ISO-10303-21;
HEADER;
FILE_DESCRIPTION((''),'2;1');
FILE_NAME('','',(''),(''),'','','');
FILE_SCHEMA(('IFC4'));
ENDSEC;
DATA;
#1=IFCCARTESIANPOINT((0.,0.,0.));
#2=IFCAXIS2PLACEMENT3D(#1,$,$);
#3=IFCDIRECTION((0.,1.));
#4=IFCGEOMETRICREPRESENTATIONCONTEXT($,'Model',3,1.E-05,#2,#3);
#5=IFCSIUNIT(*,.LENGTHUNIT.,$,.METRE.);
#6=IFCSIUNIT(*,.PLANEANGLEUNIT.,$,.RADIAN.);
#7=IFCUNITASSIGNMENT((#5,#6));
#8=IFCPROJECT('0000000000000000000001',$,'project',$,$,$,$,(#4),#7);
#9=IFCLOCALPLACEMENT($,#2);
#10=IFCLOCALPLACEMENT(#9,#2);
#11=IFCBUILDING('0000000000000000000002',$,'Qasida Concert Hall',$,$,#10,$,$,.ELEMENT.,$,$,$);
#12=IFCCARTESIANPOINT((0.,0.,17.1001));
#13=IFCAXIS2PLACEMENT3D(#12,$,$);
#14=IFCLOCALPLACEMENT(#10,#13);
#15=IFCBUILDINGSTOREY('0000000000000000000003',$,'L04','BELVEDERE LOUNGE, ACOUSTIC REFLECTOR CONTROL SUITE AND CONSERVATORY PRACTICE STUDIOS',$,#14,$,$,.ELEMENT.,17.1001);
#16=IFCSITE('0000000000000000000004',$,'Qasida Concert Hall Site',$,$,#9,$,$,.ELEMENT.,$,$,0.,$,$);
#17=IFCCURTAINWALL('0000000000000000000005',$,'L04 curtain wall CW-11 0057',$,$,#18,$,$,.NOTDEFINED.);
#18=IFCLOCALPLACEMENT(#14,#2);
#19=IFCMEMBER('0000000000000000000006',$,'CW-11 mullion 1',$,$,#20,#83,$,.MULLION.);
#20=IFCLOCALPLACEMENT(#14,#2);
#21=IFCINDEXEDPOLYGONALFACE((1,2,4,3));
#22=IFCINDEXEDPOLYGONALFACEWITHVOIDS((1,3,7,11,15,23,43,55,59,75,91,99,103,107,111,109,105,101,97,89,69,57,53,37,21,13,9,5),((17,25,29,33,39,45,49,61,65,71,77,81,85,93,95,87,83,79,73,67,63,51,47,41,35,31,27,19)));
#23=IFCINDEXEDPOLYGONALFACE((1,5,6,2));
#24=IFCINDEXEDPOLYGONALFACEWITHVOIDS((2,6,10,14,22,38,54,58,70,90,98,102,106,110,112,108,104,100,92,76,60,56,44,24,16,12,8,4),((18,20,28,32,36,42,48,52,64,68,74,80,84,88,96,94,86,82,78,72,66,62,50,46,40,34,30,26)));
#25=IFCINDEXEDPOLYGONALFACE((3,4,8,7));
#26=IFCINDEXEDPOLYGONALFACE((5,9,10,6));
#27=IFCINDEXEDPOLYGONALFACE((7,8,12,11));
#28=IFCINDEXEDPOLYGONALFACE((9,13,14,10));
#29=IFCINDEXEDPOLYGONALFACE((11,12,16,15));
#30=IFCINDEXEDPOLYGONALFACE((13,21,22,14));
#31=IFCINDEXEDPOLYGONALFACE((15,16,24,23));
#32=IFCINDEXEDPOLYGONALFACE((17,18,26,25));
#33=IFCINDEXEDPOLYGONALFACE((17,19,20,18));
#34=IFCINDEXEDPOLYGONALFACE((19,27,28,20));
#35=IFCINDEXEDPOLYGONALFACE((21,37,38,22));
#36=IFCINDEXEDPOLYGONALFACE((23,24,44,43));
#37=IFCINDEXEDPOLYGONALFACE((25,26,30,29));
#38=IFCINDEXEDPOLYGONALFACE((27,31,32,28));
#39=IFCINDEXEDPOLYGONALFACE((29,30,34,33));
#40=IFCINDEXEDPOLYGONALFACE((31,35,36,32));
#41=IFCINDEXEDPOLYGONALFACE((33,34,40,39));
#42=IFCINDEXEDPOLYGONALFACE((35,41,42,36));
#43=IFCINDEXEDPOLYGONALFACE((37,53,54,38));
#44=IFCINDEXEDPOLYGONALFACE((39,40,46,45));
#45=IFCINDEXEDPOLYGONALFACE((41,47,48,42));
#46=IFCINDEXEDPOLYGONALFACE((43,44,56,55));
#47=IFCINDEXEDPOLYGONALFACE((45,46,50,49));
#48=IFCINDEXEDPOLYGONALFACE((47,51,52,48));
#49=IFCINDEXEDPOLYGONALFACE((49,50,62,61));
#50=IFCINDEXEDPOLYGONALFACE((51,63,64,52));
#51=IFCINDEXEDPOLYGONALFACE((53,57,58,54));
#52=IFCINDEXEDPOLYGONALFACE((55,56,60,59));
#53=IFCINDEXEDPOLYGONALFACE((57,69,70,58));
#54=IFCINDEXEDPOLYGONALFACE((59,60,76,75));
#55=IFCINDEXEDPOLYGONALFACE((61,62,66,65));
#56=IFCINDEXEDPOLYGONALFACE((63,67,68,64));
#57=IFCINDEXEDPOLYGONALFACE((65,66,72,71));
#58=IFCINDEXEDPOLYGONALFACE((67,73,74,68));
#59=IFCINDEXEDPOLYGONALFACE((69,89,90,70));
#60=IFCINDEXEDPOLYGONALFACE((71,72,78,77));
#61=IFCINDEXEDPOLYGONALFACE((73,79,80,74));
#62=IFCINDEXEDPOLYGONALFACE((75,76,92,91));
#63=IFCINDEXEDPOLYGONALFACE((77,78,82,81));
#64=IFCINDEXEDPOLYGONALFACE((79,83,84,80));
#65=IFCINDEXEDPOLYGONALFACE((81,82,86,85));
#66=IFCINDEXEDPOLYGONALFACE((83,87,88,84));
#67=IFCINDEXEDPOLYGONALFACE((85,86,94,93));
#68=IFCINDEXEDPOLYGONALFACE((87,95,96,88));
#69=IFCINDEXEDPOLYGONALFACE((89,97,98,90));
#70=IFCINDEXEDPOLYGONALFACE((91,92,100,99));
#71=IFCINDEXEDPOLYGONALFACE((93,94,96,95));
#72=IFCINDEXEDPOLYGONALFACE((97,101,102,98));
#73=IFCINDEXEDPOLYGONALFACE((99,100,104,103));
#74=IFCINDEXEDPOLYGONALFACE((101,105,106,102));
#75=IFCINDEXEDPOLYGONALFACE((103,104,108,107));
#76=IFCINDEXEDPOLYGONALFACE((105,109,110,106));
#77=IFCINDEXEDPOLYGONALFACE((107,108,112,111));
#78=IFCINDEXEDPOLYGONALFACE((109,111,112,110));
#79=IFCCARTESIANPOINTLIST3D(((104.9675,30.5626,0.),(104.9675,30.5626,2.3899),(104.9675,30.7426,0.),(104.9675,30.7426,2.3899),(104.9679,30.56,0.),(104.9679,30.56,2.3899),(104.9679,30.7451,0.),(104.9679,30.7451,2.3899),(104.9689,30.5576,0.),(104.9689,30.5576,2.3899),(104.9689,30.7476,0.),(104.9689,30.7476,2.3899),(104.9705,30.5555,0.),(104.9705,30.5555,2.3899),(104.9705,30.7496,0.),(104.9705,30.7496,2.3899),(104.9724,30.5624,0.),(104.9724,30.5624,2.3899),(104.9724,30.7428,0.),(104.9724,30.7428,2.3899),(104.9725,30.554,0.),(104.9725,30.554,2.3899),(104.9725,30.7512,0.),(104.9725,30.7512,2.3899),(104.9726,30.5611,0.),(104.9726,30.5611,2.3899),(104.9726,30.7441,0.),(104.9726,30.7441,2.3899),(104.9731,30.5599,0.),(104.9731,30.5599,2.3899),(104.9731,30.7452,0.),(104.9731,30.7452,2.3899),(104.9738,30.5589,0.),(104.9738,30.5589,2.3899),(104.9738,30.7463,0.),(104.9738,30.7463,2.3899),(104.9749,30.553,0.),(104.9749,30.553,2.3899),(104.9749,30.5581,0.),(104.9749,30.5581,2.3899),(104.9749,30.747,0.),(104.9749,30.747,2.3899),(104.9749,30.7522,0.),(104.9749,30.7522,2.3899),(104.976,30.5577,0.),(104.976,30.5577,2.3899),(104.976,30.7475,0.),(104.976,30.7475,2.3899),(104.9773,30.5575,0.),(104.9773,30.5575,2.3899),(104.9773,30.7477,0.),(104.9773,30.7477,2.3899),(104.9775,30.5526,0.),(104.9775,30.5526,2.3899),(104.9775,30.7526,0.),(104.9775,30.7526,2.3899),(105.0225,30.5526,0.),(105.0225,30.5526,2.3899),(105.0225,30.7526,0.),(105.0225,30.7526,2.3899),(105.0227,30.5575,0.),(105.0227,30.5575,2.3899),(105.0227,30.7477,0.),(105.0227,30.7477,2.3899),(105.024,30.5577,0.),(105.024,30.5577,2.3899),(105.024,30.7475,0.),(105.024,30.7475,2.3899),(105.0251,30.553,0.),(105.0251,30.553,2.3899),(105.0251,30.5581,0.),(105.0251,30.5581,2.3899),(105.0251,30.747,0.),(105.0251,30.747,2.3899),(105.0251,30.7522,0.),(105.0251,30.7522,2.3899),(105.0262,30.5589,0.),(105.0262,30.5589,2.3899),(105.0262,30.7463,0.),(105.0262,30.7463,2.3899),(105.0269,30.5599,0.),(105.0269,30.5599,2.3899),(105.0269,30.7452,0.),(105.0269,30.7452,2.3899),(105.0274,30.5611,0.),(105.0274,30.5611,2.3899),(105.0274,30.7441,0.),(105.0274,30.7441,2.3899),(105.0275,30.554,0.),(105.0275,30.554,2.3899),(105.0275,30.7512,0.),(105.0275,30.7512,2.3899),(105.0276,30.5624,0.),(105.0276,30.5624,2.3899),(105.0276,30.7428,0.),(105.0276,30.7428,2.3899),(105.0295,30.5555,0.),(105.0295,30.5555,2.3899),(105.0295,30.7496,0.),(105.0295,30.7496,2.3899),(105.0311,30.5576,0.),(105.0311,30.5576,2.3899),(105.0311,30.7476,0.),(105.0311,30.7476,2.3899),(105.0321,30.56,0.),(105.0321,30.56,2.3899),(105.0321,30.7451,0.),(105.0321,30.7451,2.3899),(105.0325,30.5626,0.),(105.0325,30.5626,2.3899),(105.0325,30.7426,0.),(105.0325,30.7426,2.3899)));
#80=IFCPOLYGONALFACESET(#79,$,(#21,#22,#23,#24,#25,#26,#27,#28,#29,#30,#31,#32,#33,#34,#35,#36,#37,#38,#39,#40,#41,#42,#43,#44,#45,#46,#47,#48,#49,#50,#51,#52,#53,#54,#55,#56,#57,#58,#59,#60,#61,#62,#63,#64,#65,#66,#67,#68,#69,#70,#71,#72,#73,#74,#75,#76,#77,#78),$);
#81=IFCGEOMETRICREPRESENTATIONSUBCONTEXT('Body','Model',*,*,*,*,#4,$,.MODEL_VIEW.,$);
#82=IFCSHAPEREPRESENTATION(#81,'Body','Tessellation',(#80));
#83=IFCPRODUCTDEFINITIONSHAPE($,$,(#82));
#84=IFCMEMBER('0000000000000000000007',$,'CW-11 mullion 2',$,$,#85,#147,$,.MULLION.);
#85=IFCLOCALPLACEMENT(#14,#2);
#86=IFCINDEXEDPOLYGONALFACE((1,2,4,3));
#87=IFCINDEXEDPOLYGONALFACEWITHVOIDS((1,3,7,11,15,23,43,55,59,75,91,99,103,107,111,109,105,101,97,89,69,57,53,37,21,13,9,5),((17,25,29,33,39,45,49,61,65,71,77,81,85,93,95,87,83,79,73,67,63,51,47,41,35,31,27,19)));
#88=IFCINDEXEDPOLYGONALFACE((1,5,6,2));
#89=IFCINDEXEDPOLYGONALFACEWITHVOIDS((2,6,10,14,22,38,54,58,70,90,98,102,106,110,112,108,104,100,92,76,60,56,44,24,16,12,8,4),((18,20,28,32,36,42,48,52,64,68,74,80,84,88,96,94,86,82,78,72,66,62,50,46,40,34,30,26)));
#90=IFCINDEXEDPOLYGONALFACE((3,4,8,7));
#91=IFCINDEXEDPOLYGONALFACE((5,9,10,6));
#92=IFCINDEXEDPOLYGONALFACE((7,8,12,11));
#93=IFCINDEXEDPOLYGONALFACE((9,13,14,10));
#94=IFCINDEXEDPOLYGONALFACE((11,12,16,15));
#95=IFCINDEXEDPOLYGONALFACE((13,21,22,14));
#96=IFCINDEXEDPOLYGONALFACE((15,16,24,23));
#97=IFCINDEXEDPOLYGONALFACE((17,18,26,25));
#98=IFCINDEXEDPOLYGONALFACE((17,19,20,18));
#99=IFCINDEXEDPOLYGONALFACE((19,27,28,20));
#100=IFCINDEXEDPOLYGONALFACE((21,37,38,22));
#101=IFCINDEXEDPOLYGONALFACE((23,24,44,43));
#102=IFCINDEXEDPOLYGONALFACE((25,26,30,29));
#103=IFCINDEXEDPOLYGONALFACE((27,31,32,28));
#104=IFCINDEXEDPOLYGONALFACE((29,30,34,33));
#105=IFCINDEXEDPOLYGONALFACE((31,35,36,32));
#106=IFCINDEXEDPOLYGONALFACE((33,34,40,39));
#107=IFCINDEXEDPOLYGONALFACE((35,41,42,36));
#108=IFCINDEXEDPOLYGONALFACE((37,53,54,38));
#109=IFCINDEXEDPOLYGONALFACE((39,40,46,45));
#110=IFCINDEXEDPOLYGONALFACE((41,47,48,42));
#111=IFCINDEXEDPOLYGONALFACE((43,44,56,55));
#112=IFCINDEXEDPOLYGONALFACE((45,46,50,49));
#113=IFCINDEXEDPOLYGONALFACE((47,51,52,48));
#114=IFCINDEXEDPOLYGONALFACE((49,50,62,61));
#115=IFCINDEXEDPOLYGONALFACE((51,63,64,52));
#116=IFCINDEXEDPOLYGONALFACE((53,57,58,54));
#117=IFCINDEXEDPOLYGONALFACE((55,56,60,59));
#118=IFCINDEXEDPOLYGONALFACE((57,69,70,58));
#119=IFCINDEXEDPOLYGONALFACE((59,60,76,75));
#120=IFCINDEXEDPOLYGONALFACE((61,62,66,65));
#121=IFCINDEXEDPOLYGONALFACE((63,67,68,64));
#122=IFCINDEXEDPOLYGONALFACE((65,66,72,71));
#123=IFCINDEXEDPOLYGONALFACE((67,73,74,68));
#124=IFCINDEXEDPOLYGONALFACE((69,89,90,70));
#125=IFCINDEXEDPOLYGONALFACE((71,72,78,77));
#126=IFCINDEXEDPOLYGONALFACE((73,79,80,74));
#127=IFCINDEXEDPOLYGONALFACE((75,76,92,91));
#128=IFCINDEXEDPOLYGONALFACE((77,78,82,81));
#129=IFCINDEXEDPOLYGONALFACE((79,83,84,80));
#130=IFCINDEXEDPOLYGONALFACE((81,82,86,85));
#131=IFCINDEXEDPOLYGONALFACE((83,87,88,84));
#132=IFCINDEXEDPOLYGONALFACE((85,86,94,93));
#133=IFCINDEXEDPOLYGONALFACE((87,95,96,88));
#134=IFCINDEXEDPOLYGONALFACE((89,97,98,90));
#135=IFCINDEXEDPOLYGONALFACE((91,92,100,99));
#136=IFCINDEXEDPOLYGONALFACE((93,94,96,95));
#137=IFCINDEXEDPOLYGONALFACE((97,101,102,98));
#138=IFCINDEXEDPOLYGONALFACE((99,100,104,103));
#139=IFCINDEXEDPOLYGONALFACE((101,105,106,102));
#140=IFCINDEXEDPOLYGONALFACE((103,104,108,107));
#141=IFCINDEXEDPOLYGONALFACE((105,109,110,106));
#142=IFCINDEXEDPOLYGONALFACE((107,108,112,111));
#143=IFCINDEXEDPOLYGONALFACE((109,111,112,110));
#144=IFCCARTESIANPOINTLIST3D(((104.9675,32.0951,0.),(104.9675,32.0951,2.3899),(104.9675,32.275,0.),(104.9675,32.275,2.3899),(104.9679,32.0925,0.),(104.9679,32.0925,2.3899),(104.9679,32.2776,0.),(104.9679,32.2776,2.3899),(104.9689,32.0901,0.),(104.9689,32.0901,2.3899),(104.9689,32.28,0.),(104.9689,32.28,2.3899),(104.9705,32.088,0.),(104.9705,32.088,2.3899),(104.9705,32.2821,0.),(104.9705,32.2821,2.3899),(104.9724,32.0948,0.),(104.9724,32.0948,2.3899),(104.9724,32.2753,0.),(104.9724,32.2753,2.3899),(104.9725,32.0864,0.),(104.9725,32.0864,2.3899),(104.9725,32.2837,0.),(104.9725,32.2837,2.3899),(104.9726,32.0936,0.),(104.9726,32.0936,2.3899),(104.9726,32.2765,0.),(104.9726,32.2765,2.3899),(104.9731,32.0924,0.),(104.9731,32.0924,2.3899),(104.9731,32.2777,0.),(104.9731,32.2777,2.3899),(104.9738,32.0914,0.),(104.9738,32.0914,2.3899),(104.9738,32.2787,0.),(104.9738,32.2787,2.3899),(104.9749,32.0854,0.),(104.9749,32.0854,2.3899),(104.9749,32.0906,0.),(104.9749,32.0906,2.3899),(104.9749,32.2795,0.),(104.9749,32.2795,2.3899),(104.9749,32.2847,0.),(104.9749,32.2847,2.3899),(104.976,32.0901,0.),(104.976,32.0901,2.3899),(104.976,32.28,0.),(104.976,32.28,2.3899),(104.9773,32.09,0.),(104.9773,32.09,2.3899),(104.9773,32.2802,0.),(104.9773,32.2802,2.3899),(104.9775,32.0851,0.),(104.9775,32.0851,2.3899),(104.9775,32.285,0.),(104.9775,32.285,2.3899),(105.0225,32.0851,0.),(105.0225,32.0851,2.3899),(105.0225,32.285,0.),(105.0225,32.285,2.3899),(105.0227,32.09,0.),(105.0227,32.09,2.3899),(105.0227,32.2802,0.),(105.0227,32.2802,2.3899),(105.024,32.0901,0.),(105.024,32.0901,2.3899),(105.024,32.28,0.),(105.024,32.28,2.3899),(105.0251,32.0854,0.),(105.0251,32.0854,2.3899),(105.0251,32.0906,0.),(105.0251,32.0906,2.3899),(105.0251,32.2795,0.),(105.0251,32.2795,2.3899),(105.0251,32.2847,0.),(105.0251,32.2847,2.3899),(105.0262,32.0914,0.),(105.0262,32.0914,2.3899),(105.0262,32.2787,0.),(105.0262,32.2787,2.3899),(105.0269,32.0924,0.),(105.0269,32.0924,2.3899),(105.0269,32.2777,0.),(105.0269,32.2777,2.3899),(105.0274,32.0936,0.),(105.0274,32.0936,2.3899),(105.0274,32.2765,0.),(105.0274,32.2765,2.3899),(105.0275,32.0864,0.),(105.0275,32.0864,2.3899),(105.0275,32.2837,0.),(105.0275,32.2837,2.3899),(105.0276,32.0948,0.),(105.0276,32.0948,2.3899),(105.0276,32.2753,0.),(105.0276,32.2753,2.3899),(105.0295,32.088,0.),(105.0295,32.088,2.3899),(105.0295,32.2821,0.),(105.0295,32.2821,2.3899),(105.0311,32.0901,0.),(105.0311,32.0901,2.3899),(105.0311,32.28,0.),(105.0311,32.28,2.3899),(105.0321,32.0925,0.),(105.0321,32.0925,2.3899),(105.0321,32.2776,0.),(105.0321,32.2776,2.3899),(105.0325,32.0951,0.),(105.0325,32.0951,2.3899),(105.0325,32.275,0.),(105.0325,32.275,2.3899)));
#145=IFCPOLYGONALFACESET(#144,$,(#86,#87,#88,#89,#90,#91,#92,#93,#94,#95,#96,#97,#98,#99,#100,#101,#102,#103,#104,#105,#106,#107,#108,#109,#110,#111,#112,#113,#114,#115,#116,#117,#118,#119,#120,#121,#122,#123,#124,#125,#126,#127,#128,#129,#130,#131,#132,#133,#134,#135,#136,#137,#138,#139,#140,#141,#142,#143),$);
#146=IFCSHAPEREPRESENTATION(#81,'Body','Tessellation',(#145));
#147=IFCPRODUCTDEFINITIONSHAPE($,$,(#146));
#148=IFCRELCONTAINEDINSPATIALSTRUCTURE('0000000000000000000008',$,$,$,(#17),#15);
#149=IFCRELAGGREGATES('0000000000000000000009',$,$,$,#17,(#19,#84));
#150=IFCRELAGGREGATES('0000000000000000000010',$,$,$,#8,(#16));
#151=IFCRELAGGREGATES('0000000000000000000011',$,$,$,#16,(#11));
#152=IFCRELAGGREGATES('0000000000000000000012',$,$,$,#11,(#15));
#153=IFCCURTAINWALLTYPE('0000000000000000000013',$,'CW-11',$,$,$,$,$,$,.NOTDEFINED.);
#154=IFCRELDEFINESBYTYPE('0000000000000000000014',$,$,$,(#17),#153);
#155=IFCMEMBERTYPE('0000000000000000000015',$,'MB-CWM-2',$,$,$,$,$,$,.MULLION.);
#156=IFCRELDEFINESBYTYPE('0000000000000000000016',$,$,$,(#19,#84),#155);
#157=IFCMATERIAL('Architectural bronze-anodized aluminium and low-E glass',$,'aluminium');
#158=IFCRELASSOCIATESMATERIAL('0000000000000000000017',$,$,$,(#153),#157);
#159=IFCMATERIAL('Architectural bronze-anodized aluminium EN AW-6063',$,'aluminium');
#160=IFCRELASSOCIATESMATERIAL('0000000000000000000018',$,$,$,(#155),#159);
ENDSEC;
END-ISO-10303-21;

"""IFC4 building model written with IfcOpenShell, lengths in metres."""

from ifc_helpers import new_model, si_unit, direction, frame, origin, origin_2d, place, context, subcontext, project, spatial, hollow_rectangle, extrude, material, material_profile, profile_set, type_object, element, aggregate, save


model = new_model("IFC4")

# Units and contexts
model_context = context("Model", 3, precision=1e-05, world=origin(), true_north=direction((0.0, 1.0)))
body_context = subcontext(model_context, "Body", "Model", "MODEL_VIEW")
ifc_project = project(units=[si_unit("LENGTHUNIT", "METRE"), si_unit("PLANEANGLEUNIT", "RADIAN")], contexts=[model_context])

# Site, building, storey
site_placement = place(None, origin())
site = spatial("IfcSite", under=ifc_project, at=site_placement, Name="Qasida Concert Hall Site", CompositionType="ELEMENT", RefElevation=0.0)
building_placement = place(site_placement, origin())
building = spatial("IfcBuilding", under=site, at=building_placement, Name="Qasida Concert Hall", CompositionType="ELEMENT")
storey_placement = place(building_placement, frame((0.0, 0.0, 17.1001)))
storey = spatial("IfcBuildingStorey", under=building, at=storey_placement, Name="L04", Description="BELVEDERE LOUNGE, ACOUSTIC REFLECTOR CONTROL SUITE AND CONSERVATORY PRACTICE STUDIOS", CompositionType="ELEMENT", Elevation=17.1001)

# Curtain wall, members
ifc_material_1 = material(Name="Architectural bronze-anodized aluminium and low-E glass", Category="aluminium")
curtain_wall_type = type_object("IfcCurtainWallType", Name="CW-11", PredefinedType="NOTDEFINED", material=ifc_material_1)
curtain_wall_placement = place(storey_placement, origin())
curtain_wall = element("IfcCurtainWall", 1, at=curtain_wall_placement, inside=storey, type_object=curtain_wall_type, Name="L04 curtain wall CW-11 0057", PredefinedType="NOTDEFINED")
ifc_material_2 = material(Name="Architectural bronze-anodized aluminium EN AW-6063", Category="aluminium")
ifc_material_profile_1 = material_profile(ifc_material_2, hollow_rectangle(XDim=0.0649, YDim=0.2, WallThickness=0.0049, InnerFilletRadius=0.0049, OuterFilletRadius=0.01, at=origin_2d()), Name="CWM 200x65x5")
ifc_profile_set_1 = profile_set([ifc_material_profile_1], Name="Architectural bronze-anodized aluminium EN AW-6063")
member_type_1 = type_object("IfcMemberType", Name="MB-CWM-2", PredefinedType="MULLION", material=ifc_profile_set_1)
member_1_placement = place(storey_placement, frame((105.0, 30.6526, 0.0), z_axis=(0.0, 0.0, 1.0), x_axis=(-1.0, 0.0, 0.0)))
member_1 = element("IfcMember", 2, at=member_1_placement, type_object=member_type_1, Name="CW-11 mullion 1", PredefinedType="MULLION", context=body_context, shape_type="SweptSolid", body=[
    extrude(hollow_rectangle(XDim=0.0649, YDim=0.2, WallThickness=0.0049, InnerFilletRadius=0.0049, OuterFilletRadius=0.01, at=origin_2d()), origin(), (0.0, 0.0, 1.0), 2.3899),
])
member_2_placement = place(storey_placement, frame((105.0, 32.1851, 0.0), z_axis=(0.0, 0.0, 1.0), x_axis=(-1.0, 0.0, 0.0)))
member_2 = element("IfcMember", 3, at=member_2_placement, type_object=member_type_1, Name="CW-11 mullion 2", PredefinedType="MULLION", context=body_context, shape_type="SweptSolid", body=[
    extrude(hollow_rectangle(XDim=0.0649, YDim=0.2, WallThickness=0.0049, InnerFilletRadius=0.0049, OuterFilletRadius=0.01, at=origin_2d()), origin(), (0.0, 0.0, 1.0), 2.3899),
])
aggregate(curtain_wall, [member_1, member_2])

save(model, "model.ifc")
